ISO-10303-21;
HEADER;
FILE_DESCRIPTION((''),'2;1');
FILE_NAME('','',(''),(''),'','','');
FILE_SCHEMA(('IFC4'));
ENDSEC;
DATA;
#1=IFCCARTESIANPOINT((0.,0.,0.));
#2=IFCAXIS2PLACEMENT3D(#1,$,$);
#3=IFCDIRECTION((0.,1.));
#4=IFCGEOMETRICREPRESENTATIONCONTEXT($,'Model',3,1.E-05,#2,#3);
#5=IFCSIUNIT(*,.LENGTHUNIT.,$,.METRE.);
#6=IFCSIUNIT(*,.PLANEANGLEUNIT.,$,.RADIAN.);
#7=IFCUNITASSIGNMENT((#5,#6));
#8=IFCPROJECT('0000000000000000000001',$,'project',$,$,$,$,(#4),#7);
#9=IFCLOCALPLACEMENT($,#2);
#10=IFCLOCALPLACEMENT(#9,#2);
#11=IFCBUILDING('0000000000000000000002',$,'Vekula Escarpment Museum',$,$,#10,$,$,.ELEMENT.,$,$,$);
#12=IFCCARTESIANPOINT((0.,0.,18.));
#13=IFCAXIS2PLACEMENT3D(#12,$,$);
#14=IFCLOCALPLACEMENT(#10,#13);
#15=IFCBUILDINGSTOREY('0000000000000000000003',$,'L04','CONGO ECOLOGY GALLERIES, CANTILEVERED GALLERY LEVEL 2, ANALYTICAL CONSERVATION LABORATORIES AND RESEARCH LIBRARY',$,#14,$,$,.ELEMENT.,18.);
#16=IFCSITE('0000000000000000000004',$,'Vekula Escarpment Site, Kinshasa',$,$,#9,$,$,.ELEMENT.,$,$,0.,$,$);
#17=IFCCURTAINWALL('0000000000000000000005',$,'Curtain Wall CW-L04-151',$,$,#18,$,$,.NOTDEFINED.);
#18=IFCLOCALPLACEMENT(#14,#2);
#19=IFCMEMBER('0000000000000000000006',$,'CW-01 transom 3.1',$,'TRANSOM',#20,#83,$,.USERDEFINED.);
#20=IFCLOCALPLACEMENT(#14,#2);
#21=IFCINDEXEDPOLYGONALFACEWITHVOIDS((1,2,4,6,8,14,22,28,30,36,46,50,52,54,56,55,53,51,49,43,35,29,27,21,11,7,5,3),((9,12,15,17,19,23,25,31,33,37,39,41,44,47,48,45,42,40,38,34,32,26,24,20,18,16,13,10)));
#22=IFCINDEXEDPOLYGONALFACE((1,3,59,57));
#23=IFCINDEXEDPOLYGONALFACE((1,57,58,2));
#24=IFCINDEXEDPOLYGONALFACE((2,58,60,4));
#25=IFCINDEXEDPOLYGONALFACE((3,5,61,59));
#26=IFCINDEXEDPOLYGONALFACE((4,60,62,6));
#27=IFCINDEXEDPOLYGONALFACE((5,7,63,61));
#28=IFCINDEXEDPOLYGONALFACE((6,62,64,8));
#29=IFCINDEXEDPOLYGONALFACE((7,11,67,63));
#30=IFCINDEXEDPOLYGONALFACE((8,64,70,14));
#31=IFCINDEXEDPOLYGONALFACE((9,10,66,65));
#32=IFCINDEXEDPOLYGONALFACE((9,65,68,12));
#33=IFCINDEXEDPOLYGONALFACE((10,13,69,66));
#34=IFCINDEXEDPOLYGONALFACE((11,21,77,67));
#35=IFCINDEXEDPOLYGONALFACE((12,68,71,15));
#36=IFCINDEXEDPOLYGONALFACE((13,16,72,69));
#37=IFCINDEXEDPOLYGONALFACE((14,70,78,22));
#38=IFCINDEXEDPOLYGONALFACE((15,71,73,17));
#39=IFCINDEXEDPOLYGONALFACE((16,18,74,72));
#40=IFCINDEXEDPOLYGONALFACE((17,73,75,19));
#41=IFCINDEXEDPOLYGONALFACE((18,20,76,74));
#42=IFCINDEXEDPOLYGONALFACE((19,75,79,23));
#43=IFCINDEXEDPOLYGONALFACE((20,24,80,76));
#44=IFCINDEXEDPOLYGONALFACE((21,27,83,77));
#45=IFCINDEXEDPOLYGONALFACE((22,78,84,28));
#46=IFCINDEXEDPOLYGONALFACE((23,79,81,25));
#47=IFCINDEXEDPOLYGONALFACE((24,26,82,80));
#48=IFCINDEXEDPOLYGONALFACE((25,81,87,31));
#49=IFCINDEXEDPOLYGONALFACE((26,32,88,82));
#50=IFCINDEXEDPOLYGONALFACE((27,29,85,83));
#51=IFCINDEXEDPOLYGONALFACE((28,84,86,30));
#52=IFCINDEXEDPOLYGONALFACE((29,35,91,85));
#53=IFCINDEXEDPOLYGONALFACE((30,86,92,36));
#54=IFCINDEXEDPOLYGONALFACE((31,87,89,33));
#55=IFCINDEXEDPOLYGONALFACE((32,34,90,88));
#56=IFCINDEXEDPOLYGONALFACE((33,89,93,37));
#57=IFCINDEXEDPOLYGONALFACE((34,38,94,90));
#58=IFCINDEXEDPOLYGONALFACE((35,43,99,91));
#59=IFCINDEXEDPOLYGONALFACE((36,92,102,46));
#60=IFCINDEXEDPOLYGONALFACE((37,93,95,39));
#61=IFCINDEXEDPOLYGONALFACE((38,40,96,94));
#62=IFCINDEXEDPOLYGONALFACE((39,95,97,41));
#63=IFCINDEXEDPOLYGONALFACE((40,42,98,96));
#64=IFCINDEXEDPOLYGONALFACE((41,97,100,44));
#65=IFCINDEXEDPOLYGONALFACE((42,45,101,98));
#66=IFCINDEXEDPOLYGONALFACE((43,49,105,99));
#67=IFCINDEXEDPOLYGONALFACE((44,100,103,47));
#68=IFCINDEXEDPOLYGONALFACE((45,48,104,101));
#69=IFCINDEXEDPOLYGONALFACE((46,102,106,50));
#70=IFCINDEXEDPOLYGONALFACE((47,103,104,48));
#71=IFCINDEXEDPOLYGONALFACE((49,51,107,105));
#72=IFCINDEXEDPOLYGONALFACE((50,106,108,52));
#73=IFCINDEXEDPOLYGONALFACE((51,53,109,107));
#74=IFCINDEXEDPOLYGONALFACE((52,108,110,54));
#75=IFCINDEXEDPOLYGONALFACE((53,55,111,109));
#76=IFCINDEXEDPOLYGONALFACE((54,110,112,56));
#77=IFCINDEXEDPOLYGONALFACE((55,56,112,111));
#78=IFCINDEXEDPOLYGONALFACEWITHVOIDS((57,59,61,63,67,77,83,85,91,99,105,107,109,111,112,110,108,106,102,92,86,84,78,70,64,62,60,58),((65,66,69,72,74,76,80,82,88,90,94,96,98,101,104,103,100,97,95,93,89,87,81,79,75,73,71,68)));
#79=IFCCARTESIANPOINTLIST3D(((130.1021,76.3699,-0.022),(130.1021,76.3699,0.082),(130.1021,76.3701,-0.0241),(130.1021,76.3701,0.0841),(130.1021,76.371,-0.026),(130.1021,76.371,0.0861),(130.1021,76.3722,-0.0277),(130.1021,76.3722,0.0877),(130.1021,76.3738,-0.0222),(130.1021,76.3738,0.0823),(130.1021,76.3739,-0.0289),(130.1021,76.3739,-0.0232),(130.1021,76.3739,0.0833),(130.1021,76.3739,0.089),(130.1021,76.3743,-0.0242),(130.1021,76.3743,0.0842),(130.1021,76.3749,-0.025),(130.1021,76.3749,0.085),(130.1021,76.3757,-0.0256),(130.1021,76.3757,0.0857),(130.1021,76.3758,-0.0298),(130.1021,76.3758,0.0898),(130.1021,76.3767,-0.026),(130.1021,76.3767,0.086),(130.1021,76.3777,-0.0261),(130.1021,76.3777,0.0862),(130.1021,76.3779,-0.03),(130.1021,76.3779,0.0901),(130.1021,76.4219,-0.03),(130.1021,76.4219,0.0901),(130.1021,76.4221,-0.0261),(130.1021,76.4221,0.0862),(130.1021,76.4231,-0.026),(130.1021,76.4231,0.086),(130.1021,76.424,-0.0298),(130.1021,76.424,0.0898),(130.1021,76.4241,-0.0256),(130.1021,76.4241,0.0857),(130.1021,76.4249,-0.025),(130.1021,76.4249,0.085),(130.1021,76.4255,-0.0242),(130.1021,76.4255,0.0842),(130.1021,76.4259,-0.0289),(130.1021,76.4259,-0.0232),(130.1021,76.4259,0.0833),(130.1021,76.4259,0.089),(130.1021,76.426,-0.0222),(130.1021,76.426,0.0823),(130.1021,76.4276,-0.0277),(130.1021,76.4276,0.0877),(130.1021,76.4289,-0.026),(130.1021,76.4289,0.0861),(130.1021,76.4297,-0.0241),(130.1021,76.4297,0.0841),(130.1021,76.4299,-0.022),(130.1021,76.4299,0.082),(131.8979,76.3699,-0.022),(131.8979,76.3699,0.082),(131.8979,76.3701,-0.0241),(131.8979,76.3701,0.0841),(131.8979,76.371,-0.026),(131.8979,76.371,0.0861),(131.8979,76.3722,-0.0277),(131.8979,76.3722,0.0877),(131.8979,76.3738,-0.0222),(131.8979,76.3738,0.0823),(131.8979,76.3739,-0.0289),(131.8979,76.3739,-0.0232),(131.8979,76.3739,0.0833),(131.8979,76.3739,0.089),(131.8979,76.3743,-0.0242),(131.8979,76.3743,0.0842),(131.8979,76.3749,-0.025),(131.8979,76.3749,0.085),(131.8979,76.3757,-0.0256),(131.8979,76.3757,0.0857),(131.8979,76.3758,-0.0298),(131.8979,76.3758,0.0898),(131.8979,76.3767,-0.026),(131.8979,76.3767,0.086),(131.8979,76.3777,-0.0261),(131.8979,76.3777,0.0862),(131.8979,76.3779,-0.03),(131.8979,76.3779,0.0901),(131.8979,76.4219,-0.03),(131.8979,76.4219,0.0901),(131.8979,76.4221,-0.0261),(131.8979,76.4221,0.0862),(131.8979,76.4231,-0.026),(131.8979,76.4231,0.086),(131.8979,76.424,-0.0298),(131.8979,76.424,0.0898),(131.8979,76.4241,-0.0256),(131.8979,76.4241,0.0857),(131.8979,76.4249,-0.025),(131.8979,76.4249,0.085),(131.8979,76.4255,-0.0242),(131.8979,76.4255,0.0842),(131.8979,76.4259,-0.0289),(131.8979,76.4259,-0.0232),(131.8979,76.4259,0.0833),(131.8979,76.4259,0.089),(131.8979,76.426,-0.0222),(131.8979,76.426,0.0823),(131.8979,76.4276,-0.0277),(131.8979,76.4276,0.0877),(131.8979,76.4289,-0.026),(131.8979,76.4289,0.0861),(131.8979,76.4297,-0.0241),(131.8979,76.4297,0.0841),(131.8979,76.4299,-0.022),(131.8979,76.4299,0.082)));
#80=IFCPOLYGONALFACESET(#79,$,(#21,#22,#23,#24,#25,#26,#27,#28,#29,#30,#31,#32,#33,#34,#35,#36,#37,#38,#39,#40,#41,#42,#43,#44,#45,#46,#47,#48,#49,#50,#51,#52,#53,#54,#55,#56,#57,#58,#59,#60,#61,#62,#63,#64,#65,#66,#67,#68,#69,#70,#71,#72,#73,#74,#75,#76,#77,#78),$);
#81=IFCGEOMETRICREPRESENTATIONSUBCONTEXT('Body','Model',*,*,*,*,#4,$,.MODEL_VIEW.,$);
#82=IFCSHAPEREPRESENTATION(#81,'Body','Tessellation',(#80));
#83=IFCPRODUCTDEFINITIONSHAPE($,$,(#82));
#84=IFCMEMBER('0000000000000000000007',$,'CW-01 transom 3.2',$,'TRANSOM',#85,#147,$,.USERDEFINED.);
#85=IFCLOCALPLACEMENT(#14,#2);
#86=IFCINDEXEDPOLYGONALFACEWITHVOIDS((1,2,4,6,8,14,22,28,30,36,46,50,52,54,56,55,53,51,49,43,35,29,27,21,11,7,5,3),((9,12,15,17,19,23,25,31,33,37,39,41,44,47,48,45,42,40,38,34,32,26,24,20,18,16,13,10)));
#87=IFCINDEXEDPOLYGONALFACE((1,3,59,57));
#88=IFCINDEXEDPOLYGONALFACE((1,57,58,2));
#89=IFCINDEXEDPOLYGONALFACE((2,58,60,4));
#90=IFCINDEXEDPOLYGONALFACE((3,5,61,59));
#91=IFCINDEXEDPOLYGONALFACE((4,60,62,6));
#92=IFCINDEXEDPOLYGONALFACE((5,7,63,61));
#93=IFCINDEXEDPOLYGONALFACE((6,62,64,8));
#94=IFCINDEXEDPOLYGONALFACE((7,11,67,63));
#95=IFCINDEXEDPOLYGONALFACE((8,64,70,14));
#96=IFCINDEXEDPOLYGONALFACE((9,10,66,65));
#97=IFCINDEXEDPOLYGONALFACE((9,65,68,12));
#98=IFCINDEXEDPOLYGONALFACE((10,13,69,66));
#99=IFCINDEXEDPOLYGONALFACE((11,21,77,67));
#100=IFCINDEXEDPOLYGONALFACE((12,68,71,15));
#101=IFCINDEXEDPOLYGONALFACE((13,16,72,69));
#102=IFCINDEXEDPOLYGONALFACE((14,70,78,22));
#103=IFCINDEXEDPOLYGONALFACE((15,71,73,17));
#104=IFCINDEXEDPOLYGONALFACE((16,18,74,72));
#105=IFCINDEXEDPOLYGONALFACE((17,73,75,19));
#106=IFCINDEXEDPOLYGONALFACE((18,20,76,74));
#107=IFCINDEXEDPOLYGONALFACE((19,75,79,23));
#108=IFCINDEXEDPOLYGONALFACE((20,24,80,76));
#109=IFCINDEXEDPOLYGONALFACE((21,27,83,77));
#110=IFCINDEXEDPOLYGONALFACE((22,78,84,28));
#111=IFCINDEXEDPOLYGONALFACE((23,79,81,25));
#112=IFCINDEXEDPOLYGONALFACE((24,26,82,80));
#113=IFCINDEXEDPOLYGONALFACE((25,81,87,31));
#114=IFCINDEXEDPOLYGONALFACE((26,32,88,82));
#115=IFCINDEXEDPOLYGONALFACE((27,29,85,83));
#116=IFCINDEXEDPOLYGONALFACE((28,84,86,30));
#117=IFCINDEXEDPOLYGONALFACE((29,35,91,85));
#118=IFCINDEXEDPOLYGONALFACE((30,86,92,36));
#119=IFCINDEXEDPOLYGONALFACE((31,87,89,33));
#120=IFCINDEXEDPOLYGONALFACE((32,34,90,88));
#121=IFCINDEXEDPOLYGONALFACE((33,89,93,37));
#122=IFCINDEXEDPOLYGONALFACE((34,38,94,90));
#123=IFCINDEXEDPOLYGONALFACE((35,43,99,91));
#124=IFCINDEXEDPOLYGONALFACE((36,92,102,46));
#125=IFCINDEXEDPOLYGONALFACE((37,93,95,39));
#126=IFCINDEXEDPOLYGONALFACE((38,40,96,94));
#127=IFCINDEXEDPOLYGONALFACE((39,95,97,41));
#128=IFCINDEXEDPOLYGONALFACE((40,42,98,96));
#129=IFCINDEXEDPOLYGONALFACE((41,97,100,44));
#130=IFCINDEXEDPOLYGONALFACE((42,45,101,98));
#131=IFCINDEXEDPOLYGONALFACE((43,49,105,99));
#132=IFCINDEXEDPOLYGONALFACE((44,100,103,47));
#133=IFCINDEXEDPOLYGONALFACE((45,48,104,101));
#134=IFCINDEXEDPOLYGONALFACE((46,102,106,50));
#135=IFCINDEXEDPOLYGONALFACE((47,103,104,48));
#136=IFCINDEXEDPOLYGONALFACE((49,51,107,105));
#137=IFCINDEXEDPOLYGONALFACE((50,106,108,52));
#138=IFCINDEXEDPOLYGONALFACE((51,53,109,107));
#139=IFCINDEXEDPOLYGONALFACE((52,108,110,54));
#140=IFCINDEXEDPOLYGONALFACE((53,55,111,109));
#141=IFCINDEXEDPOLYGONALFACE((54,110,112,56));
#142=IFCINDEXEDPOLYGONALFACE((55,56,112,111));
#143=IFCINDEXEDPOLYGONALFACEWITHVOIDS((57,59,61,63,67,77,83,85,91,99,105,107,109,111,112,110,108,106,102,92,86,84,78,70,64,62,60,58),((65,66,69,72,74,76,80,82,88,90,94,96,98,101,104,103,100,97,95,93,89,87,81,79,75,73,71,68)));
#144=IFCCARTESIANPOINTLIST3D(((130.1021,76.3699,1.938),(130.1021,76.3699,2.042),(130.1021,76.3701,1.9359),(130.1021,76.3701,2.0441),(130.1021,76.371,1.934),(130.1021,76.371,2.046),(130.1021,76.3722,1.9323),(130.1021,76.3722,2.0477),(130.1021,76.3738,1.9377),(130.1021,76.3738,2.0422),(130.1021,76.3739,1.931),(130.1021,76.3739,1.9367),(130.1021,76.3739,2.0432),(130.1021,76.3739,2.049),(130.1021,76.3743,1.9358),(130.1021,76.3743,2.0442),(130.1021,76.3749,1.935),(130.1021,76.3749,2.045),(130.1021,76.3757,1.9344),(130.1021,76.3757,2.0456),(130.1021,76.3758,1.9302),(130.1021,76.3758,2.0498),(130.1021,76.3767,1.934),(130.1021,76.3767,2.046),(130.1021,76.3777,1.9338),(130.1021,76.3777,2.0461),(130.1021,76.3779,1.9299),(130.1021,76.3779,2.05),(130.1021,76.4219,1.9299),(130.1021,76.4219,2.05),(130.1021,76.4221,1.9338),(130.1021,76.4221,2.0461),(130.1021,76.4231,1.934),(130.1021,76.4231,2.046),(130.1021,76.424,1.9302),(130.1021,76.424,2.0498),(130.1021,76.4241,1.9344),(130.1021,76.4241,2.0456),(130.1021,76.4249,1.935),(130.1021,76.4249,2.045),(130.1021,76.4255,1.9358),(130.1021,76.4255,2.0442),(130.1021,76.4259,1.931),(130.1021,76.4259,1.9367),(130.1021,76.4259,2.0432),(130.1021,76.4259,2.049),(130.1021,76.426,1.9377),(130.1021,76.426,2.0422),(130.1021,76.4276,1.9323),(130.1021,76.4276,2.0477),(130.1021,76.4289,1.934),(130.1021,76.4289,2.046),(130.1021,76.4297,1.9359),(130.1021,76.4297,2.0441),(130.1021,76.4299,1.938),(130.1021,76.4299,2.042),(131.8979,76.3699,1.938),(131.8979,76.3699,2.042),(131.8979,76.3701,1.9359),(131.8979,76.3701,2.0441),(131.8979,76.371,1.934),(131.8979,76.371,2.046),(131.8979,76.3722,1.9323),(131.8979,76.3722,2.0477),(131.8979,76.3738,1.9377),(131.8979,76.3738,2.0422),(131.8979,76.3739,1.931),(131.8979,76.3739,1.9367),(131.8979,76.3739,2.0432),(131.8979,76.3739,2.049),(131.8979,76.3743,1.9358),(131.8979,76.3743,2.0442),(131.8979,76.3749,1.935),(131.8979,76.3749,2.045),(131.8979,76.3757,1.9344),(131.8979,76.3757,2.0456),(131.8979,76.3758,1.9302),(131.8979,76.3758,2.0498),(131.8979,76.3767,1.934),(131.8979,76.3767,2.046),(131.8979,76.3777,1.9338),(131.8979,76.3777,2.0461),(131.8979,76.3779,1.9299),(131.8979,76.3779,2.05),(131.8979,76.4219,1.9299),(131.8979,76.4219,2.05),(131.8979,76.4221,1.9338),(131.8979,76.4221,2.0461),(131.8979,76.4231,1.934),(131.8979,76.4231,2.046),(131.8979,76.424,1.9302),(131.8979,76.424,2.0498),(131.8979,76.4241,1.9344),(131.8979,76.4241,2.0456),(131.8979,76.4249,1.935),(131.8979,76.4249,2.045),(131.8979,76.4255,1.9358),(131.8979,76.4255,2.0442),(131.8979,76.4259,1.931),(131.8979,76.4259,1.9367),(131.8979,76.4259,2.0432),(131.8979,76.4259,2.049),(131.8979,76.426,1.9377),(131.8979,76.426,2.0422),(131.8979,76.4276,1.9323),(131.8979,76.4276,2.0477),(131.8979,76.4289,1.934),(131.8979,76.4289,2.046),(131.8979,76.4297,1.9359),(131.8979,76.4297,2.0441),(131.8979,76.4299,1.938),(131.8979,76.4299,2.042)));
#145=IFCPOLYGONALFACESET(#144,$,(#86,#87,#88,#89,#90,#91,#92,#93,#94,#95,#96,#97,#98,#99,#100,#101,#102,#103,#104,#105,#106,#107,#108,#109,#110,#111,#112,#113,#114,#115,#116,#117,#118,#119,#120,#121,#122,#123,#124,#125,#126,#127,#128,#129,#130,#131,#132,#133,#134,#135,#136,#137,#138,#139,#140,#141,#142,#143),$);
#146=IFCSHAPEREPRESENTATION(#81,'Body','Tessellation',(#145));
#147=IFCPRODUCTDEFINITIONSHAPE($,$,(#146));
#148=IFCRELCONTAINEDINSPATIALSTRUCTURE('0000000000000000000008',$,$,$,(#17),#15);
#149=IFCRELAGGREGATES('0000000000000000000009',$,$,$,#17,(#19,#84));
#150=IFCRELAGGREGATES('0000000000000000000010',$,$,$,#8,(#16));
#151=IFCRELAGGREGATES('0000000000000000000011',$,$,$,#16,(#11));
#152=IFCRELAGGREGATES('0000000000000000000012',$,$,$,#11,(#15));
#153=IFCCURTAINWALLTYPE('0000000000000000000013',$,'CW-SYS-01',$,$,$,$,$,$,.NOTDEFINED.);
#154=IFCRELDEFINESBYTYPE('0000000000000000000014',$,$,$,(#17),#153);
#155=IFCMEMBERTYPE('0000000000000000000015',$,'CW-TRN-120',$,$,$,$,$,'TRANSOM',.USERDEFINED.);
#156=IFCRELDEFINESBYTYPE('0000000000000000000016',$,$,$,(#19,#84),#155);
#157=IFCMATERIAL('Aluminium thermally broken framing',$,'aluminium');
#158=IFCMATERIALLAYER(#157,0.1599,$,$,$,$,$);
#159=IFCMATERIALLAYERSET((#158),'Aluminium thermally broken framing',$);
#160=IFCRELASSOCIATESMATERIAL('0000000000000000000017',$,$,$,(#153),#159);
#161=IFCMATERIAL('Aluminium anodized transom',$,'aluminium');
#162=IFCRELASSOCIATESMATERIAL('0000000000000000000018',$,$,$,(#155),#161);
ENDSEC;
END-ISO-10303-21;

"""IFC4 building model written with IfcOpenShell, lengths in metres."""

from ifc_helpers import new_model, si_unit, direction, frame, origin, origin_2d, place, context, subcontext, project, spatial, hollow_rectangle, extrude, material, layer, layer_set, material_profile, profile_set, type_object, element, aggregate, save


model = new_model("IFC4")

# Units and contexts
model_context = context("Model", 3, precision=1e-05, world=origin(), true_north=direction((0.0, 1.0)))
body_context = subcontext(model_context, "Body", "Model", "MODEL_VIEW")
ifc_project = project(units=[si_unit("LENGTHUNIT", "METRE"), si_unit("PLANEANGLEUNIT", "RADIAN")], contexts=[model_context])

# Site, building, storey
site_placement = place(None, origin())
site = spatial("IfcSite", under=ifc_project, at=site_placement, Name="Vekula Escarpment Site, Kinshasa", CompositionType="ELEMENT", RefElevation=0.0)
building_placement = place(site_placement, origin())
building = spatial("IfcBuilding", under=site, at=building_placement, Name="Vekula Escarpment Museum", CompositionType="ELEMENT")
storey_placement = place(building_placement, frame((0.0, 0.0, 18.0)))
storey = spatial("IfcBuildingStorey", under=building, at=storey_placement, Name="L04", Description="CONGO ECOLOGY GALLERIES, CANTILEVERED GALLERY LEVEL 2, ANALYTICAL CONSERVATION LABORATORIES AND RESEARCH LIBRARY", CompositionType="ELEMENT", Elevation=18.0)

# Curtain wall, members
ifc_material_1 = material(Name="Aluminium thermally broken framing", Category="aluminium")
ifc_layer_1 = layer(ifc_material_1, 0.1599)
ifc_layer_set_1 = layer_set([ifc_layer_1], Name="Aluminium thermally broken framing")
curtain_wall_type = type_object("IfcCurtainWallType", Name="CW-SYS-01", PredefinedType="NOTDEFINED", material=ifc_layer_set_1)
curtain_wall_placement = place(storey_placement, origin())
curtain_wall = element("IfcCurtainWall", 1, at=curtain_wall_placement, inside=storey, type_object=curtain_wall_type, Name="Curtain Wall CW-L04-151", PredefinedType="NOTDEFINED")
ifc_material_2 = material(Name="Aluminium anodized transom", Category="aluminium")
ifc_material_profile_1 = material_profile(ifc_material_2, hollow_rectangle(XDim=0.0601, YDim=0.1201, WallThickness=0.0039, InnerFilletRadius=0.0039, OuterFilletRadius=0.0081, at=origin_2d()), Name="ALU 120x60x4")
ifc_profile_set_1 = profile_set([ifc_material_profile_1], Name="Aluminium anodized transom")
member_type_1 = type_object("IfcMemberType", Name="CW-TRN-120", ElementType="TRANSOM", PredefinedType="USERDEFINED", material=ifc_profile_set_1)
member_1_placement = place(storey_placement, frame((131.8979, 76.3999, 0.03), z_axis=(-1.0, 0.0, 0.0), x_axis=(0.0, -1.0, 0.0)))
member_1 = element("IfcMember", 2, at=member_1_placement, type_object=member_type_1, Name="CW-01 transom 3.1", ObjectType="TRANSOM", PredefinedType="USERDEFINED", context=body_context, shape_type="SweptSolid", body=[
    extrude(hollow_rectangle(XDim=0.0601, YDim=0.1201, WallThickness=0.0039, InnerFilletRadius=0.0039, OuterFilletRadius=0.0081, at=origin_2d()), origin(), (0.0, 0.0, 1.0), 1.7959),
])
member_2_placement = place(storey_placement, frame((131.8979, 76.3999, 1.99), z_axis=(-1.0, 0.0, 0.0), x_axis=(0.0, -1.0, 0.0)))
member_2 = element("IfcMember", 3, at=member_2_placement, type_object=member_type_1, Name="CW-01 transom 3.2", ObjectType="TRANSOM", PredefinedType="USERDEFINED", context=body_context, shape_type="SweptSolid", body=[
    extrude(hollow_rectangle(XDim=0.0601, YDim=0.1201, WallThickness=0.0039, InnerFilletRadius=0.0039, OuterFilletRadius=0.0081, at=origin_2d()), origin(), (0.0, 0.0, 1.0), 1.7959),
])
aggregate(curtain_wall, [member_1, member_2])

save(model, "model.ifc")
